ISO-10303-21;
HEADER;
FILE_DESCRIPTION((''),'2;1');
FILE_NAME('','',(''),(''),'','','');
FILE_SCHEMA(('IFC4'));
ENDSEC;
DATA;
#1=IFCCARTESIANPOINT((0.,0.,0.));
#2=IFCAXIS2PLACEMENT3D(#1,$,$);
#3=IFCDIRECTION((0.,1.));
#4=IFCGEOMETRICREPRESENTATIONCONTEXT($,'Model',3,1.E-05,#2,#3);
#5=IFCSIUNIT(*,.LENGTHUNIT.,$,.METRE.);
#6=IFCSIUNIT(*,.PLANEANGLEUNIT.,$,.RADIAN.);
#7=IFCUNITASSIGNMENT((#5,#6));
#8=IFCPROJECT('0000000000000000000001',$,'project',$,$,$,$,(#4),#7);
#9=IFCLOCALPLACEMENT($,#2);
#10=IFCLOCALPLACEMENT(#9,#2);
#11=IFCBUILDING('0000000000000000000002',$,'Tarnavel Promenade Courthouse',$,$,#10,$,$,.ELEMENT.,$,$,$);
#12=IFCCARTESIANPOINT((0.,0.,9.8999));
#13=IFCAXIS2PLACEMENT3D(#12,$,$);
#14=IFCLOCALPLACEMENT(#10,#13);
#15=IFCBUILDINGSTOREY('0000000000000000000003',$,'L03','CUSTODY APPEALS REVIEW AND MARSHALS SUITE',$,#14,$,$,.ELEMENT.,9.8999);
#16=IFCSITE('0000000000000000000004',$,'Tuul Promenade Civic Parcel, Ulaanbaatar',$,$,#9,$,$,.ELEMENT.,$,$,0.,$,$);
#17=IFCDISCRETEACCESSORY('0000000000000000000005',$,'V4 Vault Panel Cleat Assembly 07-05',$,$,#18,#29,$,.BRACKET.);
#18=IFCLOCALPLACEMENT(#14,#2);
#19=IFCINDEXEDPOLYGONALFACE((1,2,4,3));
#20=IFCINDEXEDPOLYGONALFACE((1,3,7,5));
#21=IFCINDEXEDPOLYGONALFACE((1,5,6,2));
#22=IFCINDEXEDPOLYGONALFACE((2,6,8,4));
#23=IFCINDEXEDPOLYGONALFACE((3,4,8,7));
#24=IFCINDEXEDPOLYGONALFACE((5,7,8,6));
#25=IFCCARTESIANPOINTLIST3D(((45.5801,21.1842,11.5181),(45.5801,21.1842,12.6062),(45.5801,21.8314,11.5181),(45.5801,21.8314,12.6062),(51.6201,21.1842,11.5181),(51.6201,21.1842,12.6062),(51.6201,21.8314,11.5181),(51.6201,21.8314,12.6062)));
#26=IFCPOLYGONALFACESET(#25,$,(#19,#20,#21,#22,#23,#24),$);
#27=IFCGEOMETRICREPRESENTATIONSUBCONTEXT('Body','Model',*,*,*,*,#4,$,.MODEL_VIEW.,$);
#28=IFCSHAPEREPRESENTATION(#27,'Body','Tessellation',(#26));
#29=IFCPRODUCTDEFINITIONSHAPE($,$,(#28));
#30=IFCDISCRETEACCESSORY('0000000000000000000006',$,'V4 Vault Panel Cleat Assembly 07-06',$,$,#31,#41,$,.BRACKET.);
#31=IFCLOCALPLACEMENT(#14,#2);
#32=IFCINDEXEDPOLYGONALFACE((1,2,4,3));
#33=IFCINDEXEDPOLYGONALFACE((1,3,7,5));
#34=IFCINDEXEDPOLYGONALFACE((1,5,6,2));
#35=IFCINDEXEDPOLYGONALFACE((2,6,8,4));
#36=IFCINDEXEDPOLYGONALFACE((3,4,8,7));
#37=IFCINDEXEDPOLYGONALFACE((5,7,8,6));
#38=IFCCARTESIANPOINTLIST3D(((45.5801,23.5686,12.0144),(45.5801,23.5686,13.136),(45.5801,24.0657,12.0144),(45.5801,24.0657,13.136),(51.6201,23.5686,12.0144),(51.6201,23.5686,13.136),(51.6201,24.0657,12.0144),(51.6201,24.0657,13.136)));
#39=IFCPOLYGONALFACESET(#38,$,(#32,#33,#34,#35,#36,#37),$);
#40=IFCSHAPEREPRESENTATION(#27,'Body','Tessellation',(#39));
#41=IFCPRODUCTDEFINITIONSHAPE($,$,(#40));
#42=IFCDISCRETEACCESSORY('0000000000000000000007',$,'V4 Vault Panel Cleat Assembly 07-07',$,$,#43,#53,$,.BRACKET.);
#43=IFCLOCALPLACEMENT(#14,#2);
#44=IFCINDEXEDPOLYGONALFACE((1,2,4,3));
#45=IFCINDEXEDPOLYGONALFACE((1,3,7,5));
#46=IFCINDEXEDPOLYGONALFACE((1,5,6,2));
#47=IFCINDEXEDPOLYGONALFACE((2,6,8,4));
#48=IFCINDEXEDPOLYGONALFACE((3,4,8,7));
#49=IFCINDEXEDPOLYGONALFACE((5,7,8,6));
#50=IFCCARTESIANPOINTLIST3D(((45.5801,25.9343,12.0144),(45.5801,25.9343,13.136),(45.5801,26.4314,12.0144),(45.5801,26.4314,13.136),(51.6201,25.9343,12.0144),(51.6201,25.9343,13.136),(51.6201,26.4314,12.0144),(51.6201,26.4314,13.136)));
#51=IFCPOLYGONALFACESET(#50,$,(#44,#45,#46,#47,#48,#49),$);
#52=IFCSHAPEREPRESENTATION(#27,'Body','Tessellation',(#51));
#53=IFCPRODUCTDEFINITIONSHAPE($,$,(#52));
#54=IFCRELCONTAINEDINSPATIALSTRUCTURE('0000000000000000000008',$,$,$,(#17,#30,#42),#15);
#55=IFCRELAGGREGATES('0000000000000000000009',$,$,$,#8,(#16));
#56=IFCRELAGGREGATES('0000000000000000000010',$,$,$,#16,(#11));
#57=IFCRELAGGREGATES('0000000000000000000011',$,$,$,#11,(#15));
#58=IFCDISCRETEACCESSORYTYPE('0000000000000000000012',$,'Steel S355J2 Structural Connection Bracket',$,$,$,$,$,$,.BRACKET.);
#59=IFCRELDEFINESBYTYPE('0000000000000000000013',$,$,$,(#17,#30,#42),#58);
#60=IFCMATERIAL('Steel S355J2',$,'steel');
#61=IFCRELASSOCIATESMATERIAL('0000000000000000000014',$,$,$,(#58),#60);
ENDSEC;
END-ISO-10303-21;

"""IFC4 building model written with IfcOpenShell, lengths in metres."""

from ifc_helpers import new_model, si_unit, direction, frame, origin, origin_2d, place, context, subcontext, project, spatial, rectangle, extrude, material, type_object, element, save


model = new_model("IFC4")

# Units and contexts
model_context = context("Model", 3, precision=1e-05, world=origin(), true_north=direction((0.0, 1.0)))
body_context = subcontext(model_context, "Body", "Model", "MODEL_VIEW")
ifc_project = project(units=[si_unit("LENGTHUNIT", "METRE"), si_unit("PLANEANGLEUNIT", "RADIAN")], contexts=[model_context])

# Site, building, storey
site_placement = place(None, origin())
site = spatial("IfcSite", under=ifc_project, at=site_placement, Name="Tuul Promenade Civic Parcel, Ulaanbaatar", CompositionType="ELEMENT", RefElevation=0.0)
building_placement = place(site_placement, origin())
building = spatial("IfcBuilding", under=site, at=building_placement, Name="Tarnavel Promenade Courthouse", CompositionType="ELEMENT")
storey_placement = place(building_placement, frame((0.0, 0.0, 9.8999)))
storey = spatial("IfcBuildingStorey", under=building, at=storey_placement, Name="L03", Description="CUSTODY APPEALS REVIEW AND MARSHALS SUITE", CompositionType="ELEMENT", Elevation=9.8999)

# Shared definitions
ifc_material_1 = material(Name="Steel S355J2", Category="steel")

# Discrete accessories
discrete_accessory_type = type_object("IfcDiscreteAccessoryType", Name="Steel S355J2 Structural Connection Bracket", PredefinedType="BRACKET", material=ifc_material_1)
discrete_accessory_1_placement = place(storey_placement, frame((48.6001, 21.5078, 11.5181), z_axis=(0.0, 0.0, 1.0), x_axis=(1.0, 0.0, 0.0)))
element("IfcDiscreteAccessory", 1, at=discrete_accessory_1_placement, inside=storey, type_object=discrete_accessory_type, Name="V4 Vault Panel Cleat Assembly 07-05", PredefinedType="BRACKET", context=body_context, shape_type="SweptSolid", body=[
    extrude(rectangle(XDim=6.04, YDim=0.6472, at=origin_2d()), origin(), (0.0, 0.0, 1.0), 1.0881),
])
for number, where, z_axis, x_axis, name in (
    (2, (48.6001, 23.8171, 12.0144), (0.0, 0.0, 1.0), (1.0, 0.0, 0.0), "V4 Vault Panel Cleat Assembly 07-06"),
    (3, (48.6001, 26.1829, 12.0144), (0.0, 0.0, 1.0), (1.0, 0.0, 0.0), "V4 Vault Panel Cleat Assembly 07-07"),
):
    element("IfcDiscreteAccessory", number, at=place(storey_placement, frame(where, z_axis=z_axis, x_axis=x_axis)), inside=storey, type_object=discrete_accessory_type, Name=name, PredefinedType="BRACKET", context=body_context, shape_type="SweptSolid", body=[
        extrude(rectangle(XDim=6.04, YDim=0.4971, at=origin_2d()), origin(), (0.0, 0.0, 1.0), 1.1216),
    ])

save(model, "model.ifc")
